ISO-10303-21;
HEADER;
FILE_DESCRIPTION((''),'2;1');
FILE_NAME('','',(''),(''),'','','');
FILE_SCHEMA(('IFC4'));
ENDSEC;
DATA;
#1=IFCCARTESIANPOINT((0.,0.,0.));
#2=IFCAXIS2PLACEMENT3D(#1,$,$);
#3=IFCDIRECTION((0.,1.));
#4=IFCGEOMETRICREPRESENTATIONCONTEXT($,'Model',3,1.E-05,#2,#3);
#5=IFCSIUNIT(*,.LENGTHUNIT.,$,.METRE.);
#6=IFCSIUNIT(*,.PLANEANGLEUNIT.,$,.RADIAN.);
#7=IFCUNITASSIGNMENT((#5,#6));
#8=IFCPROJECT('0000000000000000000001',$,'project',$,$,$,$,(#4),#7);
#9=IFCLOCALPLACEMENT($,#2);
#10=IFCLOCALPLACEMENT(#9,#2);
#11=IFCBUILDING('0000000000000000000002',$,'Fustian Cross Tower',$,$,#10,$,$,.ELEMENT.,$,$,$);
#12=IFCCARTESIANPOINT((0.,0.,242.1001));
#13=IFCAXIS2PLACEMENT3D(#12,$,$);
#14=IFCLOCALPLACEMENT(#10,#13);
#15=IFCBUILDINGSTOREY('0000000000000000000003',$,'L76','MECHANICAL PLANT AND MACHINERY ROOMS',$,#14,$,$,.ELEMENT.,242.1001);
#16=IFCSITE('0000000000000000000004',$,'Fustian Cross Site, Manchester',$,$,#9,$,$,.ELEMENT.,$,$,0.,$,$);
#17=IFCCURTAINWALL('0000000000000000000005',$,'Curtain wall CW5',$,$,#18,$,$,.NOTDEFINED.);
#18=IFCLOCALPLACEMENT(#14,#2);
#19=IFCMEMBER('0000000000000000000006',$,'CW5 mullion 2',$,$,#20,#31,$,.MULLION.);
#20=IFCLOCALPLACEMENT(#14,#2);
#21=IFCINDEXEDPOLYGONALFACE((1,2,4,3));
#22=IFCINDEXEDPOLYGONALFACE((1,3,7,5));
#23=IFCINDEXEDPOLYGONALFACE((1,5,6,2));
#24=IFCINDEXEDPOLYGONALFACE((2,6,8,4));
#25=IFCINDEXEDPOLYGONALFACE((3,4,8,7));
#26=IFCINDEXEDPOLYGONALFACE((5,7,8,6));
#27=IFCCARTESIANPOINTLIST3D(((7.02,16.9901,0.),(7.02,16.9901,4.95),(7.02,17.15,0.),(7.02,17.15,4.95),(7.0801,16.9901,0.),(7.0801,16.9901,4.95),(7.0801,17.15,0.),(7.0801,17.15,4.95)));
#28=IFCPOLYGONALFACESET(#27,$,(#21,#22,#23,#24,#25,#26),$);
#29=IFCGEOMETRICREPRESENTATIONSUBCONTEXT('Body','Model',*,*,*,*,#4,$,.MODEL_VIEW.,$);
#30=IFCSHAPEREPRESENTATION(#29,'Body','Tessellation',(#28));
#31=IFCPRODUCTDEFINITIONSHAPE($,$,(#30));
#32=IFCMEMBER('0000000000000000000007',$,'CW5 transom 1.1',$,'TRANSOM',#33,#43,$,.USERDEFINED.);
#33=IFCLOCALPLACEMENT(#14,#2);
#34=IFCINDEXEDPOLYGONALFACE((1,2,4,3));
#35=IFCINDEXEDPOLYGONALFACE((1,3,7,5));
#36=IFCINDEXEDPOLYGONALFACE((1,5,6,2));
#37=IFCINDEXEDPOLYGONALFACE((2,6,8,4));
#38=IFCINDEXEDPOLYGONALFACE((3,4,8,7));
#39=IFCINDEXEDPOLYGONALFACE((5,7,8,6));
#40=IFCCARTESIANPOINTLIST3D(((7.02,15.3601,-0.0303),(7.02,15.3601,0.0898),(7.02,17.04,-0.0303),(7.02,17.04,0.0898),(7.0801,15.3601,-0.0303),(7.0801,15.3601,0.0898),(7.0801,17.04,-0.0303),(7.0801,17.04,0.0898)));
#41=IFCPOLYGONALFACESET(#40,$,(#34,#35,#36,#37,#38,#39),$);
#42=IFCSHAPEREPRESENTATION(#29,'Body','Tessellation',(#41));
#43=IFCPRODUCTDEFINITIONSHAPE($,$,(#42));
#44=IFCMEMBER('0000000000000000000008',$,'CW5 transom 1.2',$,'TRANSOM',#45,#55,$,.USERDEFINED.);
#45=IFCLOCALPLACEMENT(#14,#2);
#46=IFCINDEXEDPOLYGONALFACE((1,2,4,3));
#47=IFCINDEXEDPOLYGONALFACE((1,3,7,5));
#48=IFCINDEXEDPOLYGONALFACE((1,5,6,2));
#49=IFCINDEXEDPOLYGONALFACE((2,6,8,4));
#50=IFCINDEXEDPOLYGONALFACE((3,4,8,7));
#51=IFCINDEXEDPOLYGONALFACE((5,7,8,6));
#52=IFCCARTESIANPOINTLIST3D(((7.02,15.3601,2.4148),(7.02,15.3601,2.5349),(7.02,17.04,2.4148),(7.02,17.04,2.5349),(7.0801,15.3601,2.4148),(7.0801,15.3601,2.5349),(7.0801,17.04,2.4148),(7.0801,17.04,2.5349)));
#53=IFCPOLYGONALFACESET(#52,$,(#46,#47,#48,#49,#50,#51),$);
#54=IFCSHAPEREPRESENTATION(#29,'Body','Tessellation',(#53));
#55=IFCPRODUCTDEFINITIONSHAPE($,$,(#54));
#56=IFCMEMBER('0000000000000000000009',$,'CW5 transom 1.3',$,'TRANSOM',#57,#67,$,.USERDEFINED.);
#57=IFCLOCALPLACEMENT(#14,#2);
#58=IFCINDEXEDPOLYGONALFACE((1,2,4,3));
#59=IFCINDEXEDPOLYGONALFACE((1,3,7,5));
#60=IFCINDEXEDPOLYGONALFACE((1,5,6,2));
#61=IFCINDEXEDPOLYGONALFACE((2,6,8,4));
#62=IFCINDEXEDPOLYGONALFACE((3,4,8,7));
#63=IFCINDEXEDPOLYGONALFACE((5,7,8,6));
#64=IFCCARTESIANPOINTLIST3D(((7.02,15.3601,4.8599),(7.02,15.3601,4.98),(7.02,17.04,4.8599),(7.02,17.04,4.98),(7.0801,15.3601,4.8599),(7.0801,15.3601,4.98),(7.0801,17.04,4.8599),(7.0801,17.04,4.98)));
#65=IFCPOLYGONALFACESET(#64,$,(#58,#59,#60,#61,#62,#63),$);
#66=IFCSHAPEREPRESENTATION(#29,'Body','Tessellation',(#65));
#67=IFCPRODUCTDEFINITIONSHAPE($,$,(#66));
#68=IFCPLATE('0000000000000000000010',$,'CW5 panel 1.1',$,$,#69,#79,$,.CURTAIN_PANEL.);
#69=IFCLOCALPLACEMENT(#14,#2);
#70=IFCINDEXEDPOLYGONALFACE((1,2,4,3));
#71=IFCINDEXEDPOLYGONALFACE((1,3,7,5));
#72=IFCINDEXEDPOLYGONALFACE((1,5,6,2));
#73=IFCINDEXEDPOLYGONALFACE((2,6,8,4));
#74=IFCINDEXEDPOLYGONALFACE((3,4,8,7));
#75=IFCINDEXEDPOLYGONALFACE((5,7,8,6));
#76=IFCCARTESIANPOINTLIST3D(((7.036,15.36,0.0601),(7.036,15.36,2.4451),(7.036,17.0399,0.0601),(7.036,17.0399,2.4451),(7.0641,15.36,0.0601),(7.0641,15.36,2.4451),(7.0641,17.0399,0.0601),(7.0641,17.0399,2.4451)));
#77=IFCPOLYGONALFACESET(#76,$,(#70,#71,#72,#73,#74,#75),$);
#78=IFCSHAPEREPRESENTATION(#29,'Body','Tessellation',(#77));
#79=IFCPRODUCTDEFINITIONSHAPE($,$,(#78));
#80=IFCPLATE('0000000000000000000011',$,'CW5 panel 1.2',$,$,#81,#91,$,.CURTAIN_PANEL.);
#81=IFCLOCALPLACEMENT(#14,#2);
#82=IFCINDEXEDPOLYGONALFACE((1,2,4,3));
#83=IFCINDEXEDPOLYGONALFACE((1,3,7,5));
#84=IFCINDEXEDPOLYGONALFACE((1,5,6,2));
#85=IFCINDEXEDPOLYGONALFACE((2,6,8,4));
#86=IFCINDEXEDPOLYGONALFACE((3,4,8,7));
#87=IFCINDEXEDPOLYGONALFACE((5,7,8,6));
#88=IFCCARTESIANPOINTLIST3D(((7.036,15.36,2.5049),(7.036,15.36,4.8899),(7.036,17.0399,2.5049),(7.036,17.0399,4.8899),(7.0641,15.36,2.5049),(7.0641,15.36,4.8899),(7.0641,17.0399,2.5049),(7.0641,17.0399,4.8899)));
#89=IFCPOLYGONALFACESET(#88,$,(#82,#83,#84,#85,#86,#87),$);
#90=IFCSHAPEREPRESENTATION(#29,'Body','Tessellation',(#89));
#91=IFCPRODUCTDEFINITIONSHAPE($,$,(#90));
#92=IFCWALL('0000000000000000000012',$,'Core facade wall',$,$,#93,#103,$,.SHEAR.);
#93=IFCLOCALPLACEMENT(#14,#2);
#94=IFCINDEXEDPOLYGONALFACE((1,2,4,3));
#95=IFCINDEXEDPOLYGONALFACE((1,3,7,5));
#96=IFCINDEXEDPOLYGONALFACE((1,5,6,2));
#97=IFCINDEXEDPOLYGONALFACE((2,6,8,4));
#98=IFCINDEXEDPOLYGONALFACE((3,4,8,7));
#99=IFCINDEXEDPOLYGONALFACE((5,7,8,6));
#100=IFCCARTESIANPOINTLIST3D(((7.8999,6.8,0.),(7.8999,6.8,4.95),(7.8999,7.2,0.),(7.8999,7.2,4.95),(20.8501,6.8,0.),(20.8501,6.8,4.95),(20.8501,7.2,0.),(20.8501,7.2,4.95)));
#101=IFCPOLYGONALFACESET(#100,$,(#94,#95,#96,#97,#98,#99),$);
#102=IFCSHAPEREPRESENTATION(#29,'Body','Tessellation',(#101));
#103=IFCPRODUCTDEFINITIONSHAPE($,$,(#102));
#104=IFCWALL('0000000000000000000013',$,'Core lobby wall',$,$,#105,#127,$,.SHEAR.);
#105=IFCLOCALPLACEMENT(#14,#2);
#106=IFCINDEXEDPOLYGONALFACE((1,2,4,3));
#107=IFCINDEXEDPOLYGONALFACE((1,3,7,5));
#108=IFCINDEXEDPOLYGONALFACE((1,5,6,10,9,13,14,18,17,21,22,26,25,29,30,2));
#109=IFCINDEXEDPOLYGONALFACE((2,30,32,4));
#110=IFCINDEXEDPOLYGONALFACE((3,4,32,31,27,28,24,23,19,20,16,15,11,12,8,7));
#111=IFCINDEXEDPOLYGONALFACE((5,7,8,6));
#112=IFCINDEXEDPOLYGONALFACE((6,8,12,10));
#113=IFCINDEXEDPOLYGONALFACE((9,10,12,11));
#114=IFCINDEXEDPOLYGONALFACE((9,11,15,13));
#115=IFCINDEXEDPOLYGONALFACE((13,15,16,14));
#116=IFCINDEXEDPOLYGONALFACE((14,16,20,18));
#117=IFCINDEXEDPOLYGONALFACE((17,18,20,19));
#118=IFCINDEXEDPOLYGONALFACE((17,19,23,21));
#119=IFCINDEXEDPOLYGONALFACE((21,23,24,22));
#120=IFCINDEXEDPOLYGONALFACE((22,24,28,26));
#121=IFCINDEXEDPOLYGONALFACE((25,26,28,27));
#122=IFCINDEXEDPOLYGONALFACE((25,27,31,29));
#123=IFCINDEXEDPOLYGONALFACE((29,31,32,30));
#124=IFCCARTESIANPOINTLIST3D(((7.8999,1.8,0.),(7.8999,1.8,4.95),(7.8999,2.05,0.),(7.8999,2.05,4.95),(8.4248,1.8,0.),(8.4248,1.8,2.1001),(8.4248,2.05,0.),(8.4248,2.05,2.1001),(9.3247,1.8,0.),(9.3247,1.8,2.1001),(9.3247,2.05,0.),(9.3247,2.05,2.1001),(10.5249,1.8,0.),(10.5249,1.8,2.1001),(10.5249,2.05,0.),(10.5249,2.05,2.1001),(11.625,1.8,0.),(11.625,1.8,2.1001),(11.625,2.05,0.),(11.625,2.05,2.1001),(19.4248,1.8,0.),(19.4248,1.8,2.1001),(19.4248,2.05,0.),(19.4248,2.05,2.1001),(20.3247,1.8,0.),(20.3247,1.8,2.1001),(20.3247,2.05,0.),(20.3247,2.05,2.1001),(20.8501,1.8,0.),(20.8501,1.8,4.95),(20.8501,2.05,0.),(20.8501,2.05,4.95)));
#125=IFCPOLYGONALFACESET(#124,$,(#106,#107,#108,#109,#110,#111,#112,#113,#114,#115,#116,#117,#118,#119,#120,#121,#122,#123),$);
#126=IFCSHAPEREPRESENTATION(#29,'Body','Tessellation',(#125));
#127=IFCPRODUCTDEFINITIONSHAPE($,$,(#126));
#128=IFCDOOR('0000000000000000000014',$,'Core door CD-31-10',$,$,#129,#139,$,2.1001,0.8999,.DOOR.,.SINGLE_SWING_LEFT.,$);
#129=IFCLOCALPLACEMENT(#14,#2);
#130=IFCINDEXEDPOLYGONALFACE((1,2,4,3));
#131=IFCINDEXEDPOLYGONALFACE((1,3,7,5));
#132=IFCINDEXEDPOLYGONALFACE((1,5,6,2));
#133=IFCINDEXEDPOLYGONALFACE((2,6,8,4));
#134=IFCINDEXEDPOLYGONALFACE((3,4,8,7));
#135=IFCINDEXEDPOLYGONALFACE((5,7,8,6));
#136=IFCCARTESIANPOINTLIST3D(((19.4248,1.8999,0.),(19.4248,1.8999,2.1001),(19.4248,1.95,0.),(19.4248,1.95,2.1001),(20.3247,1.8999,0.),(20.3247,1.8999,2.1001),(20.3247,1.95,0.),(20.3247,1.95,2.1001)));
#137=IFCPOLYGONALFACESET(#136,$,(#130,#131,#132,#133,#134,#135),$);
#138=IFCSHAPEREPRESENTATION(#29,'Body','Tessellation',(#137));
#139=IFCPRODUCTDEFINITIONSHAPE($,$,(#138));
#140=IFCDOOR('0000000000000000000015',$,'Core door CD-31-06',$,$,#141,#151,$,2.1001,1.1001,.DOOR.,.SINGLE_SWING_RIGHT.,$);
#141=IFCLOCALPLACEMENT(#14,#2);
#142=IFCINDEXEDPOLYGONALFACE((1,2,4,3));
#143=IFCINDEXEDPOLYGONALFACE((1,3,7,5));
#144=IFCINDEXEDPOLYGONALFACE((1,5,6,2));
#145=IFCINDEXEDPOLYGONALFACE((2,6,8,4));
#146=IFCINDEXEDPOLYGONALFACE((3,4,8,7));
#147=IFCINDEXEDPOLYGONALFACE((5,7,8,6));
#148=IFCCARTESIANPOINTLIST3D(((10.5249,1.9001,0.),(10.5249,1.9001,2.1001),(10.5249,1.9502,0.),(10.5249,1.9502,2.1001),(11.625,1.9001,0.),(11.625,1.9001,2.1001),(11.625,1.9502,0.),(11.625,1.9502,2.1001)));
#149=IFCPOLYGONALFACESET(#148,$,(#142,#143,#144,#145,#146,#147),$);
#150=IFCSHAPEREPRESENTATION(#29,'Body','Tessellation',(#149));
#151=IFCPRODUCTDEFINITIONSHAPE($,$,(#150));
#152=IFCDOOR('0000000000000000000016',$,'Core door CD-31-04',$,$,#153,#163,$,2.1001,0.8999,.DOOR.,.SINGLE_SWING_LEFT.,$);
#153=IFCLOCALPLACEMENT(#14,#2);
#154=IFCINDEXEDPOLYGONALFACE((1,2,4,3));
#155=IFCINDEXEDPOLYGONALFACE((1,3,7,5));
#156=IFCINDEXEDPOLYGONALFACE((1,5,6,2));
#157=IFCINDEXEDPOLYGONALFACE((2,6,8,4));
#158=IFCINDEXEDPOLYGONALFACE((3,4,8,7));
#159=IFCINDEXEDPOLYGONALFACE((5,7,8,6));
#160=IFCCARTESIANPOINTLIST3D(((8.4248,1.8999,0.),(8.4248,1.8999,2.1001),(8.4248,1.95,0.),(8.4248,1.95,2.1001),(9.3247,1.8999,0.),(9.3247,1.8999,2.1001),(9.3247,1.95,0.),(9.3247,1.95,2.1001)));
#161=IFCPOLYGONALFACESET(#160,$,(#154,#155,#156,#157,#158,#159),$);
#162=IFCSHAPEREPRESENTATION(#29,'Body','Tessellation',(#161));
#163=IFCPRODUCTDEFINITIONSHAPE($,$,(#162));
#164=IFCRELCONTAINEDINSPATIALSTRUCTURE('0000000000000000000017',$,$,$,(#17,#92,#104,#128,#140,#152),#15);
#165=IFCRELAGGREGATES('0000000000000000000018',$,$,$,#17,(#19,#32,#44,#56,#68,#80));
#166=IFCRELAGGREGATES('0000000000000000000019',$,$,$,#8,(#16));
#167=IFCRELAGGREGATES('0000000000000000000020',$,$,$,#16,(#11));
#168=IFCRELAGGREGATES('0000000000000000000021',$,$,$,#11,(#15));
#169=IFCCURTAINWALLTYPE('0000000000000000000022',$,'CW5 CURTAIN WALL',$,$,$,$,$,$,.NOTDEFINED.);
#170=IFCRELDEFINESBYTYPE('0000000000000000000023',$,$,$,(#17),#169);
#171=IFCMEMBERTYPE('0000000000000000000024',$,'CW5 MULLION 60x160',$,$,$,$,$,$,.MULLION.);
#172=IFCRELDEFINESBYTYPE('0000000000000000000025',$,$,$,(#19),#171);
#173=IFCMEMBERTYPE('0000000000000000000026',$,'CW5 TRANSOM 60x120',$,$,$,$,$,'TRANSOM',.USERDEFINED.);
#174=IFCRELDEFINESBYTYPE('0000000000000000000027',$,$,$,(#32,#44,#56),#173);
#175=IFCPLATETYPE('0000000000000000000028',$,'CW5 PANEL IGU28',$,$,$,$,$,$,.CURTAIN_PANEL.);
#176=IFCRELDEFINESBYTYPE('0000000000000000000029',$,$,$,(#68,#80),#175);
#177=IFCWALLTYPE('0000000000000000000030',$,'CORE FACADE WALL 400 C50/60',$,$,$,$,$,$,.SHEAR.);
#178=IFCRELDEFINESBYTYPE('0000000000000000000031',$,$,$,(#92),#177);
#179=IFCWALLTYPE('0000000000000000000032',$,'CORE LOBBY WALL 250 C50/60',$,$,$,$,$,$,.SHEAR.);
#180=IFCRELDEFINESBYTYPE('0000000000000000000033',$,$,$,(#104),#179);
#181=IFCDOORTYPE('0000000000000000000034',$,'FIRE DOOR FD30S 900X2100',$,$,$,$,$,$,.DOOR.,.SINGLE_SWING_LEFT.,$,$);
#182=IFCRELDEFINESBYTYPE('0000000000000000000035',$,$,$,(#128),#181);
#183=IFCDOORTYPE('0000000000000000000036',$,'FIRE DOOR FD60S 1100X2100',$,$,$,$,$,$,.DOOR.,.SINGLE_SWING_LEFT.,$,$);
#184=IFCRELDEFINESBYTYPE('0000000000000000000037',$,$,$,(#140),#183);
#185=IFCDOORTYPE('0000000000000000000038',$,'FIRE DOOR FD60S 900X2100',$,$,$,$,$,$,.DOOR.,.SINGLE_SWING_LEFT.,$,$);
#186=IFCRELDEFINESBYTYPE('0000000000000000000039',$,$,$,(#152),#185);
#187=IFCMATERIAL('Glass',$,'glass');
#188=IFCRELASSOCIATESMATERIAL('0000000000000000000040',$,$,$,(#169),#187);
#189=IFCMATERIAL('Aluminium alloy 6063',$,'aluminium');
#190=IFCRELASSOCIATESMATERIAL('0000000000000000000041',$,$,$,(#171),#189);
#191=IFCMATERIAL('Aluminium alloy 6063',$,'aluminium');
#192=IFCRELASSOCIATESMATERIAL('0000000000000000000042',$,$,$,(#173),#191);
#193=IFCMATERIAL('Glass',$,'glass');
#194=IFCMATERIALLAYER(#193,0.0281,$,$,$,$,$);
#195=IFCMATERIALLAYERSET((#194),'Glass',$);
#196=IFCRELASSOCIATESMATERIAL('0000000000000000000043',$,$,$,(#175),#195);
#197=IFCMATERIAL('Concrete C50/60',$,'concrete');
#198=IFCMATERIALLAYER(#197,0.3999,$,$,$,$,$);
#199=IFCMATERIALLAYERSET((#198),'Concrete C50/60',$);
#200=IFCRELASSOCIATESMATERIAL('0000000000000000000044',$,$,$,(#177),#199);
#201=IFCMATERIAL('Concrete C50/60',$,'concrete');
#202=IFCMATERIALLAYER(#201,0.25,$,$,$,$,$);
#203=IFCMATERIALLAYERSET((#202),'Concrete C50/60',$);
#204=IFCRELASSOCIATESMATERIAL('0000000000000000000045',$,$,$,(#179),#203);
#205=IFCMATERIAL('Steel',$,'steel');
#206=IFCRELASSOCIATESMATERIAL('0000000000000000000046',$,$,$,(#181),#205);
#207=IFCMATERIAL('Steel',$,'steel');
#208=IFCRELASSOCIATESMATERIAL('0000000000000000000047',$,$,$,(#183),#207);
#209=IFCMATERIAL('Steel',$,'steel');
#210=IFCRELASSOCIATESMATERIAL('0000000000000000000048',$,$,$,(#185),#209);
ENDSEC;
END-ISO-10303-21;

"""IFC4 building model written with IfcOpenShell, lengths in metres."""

from ifc_helpers import new_model, si_unit, direction, frame, frame_2d, origin, origin_2d, place, context, subcontext, project, spatial, rectangle, extrude, material, layer, layer_set, material_profile, profile_set, type_object, element, fill, aggregate, save


model = new_model("IFC4")

# Units and contexts
model_context = context("Model", 3, precision=1e-05, world=origin(), true_north=direction((0.0, 1.0)))
body_context = subcontext(model_context, "Body", "Model", "MODEL_VIEW")
ifc_project = project(units=[si_unit("LENGTHUNIT", "METRE"), si_unit("PLANEANGLEUNIT", "RADIAN")], contexts=[model_context])

# Site, building, storey
site_placement = place(None, origin())
site = spatial("IfcSite", under=ifc_project, at=site_placement, Name="Fustian Cross Site, Manchester", CompositionType="ELEMENT", RefElevation=0.0)
building_placement = place(site_placement, origin())
building = spatial("IfcBuilding", under=site, at=building_placement, Name="Fustian Cross Tower", CompositionType="ELEMENT")
storey_placement = place(building_placement, frame((0.0, 0.0, 242.1001)))
storey = spatial("IfcBuildingStorey", under=building, at=storey_placement, Name="L76", Description="MECHANICAL PLANT AND MACHINERY ROOMS", CompositionType="ELEMENT", Elevation=242.1001)

# Curtain wall, members, plates
ifc_material_1 = material(Name="Glass", Category="glass")
curtain_wall_type = type_object("IfcCurtainWallType", Name="CW5 CURTAIN WALL", PredefinedType="NOTDEFINED", material=ifc_material_1)
curtain_wall_placement = place(storey_placement, origin())
curtain_wall = element("IfcCurtainWall", 1, at=curtain_wall_placement, inside=storey, type_object=curtain_wall_type, Name="Curtain wall CW5", PredefinedType="NOTDEFINED")
ifc_material_2 = material(Name="Aluminium alloy 6063", Category="aluminium")
ifc_material_profile_1 = material_profile(ifc_material_2, rectangle(XDim=0.0601, YDim=0.1599, at=origin_2d()), Name="CW5 MULLION 60x160")
ifc_profile_set_1 = profile_set([ifc_material_profile_1], Name="Aluminium alloy 6063")
member_type_1 = type_object("IfcMemberType", Name="CW5 MULLION 60x160", PredefinedType="MULLION", material=ifc_profile_set_1)
member_1_placement = place(storey_placement, frame((7.05, 17.0701, 0.0), z_axis=(0.0, 0.0, 1.0), x_axis=(-1.0, 0.0, 0.0)))
member_1 = element("IfcMember", 2, at=member_1_placement, type_object=member_type_1, Name="CW5 mullion 2", PredefinedType="MULLION", context=body_context, shape_type="SweptSolid", body=[
    extrude(rectangle(XDim=0.0601, YDim=0.1599, at=origin_2d()), origin(), (0.0, 0.0, 1.0), 4.95),
])
ifc_material_3 = material(Name="Aluminium alloy 6063", Category="aluminium")
ifc_material_profile_2 = material_profile(ifc_material_3, rectangle(XDim=0.0601, YDim=0.1201, at=origin_2d()), Name="CW5 TRANSOM 60x120")
ifc_profile_set_2 = profile_set([ifc_material_profile_2], Name="Aluminium alloy 6063")
member_type_2 = type_object("IfcMemberType", Name="CW5 TRANSOM 60x120", ElementType="TRANSOM", PredefinedType="USERDEFINED", material=ifc_profile_set_2)
member_2_placement = place(storey_placement, frame((7.05, 15.3601, 0.0298), z_axis=(0.0, 1.0, 0.0), x_axis=(-1.0, 0.0, 0.0)))
member_2 = element("IfcMember", 3, at=member_2_placement, type_object=member_type_2, Name="CW5 transom 1.1", ObjectType="TRANSOM", PredefinedType="USERDEFINED", context=body_context, shape_type="SweptSolid", body=[
    extrude(rectangle(XDim=0.0601, YDim=0.1201, at=origin_2d()), origin(), (0.0, 0.0, 1.0), 1.6799),
])
member_3_placement = place(storey_placement, frame((7.05, 15.3601, 2.4749), z_axis=(0.0, 1.0, 0.0), x_axis=(-1.0, 0.0, 0.0)))
member_3 = element("IfcMember", 4, at=member_3_placement, type_object=member_type_2, Name="CW5 transom 1.2", ObjectType="TRANSOM", PredefinedType="USERDEFINED", context=body_context, shape_type="SweptSolid", body=[
    extrude(rectangle(XDim=0.0601, YDim=0.1201, at=origin_2d()), origin(), (0.0, 0.0, 1.0), 1.6799),
])
member_4_placement = place(storey_placement, frame((7.05, 15.3601, 4.9199), z_axis=(0.0, 1.0, 0.0), x_axis=(-1.0, 0.0, 0.0)))
member_4 = element("IfcMember", 5, at=member_4_placement, type_object=member_type_2, Name="CW5 transom 1.3", ObjectType="TRANSOM", PredefinedType="USERDEFINED", context=body_context, shape_type="SweptSolid", body=[
    extrude(rectangle(XDim=0.0601, YDim=0.1201, at=origin_2d()), origin(), (0.0, 0.0, 1.0), 1.6799),
])
ifc_material_4 = material(Name="Glass", Category="glass")
ifc_layer_1 = layer(ifc_material_4, 0.0281)
ifc_layer_set_1 = layer_set([ifc_layer_1], Name="Glass")
plate_type = type_object("IfcPlateType", Name="CW5 PANEL IGU28", PredefinedType="CURTAIN_PANEL", material=ifc_layer_set_1)
plate_1_placement = place(storey_placement, frame((7.05, 16.2, 0.0601), z_axis=(0.0, 0.0, 1.0), x_axis=(0.0, 1.0, 0.0)))
plate_1 = element("IfcPlate", 6, at=plate_1_placement, type_object=plate_type, Name="CW5 panel 1.1", PredefinedType="CURTAIN_PANEL", context=body_context, shape_type="SweptSolid", body=[
    extrude(rectangle(XDim=1.6799, YDim=0.0281, at=origin_2d()), origin(), (0.0, 0.0, 1.0), 2.385),
])
plate_2_placement = place(storey_placement, frame((7.05, 16.2, 2.5049), z_axis=(0.0, 0.0, 1.0), x_axis=(0.0, 1.0, 0.0)))
plate_2 = element("IfcPlate", 7, at=plate_2_placement, type_object=plate_type, Name="CW5 panel 1.2", PredefinedType="CURTAIN_PANEL", context=body_context, shape_type="SweptSolid", body=[
    extrude(rectangle(XDim=1.6799, YDim=0.0281, at=origin_2d()), origin(), (0.0, 0.0, 1.0), 2.385),
])
aggregate(curtain_wall, [member_1, member_2, member_3, member_4, plate_1, plate_2])

# Wall
ifc_material_5 = material(Name="Concrete C50/60", Category="concrete")
ifc_layer_2 = layer(ifc_material_5, 0.3999)
ifc_layer_set_2 = layer_set([ifc_layer_2], Name="Concrete C50/60")
wall_type_1 = type_object("IfcWallType", Name="CORE FACADE WALL 400 C50/60", PredefinedType="SHEAR", material=ifc_layer_set_2)
wall_1_placement = place(storey_placement, frame((7.8999, 7.0, 0.0), z_axis=(0.0, 0.0, 1.0), x_axis=(1.0, 0.0, 0.0)))
element("IfcWall", 8, at=wall_1_placement, inside=storey, type_object=wall_type_1, Name="Core facade wall", PredefinedType="SHEAR", context=body_context, shape_type="SweptSolid", body=[
    extrude(rectangle(XDim=12.9502, YDim=0.3999, at=frame_2d((6.4751, 0.0))), origin(), (0.0, 0.0, 1.0), 4.95),
])

# Wall, openings, doors
ifc_material_6 = material(Name="Concrete C50/60", Category="concrete")
ifc_layer_3 = layer(ifc_material_6, 0.25)
ifc_layer_set_3 = layer_set([ifc_layer_3], Name="Concrete C50/60")
wall_type_2 = type_object("IfcWallType", Name="CORE LOBBY WALL 250 C50/60", PredefinedType="SHEAR", material=ifc_layer_set_3)
wall_2_placement = place(storey_placement, frame((7.8999, 1.925, 0.0), z_axis=(0.0, 0.0, 1.0), x_axis=(1.0, 0.0, 0.0)))
wall_2 = element("IfcWall", 9, at=wall_2_placement, inside=storey, type_object=wall_type_2, Name="Core lobby wall", PredefinedType="SHEAR", context=body_context, shape_type="SweptSolid", body=[
    extrude(rectangle(XDim=12.9502, YDim=0.25, at=frame_2d((6.4751, 0.0))), origin(), (0.0, 0.0, 1.0), 4.95),
])
opening_1_placement = place(wall_2_placement, frame((0.5249, 0.0, 0.0)))
opening_1 = element("IfcOpeningElement", 10, at=opening_1_placement, cuts=wall_2, PredefinedType="OPENING", context=body_context, shape_type="SweptSolid", body=[
    extrude(rectangle(XDim=0.8999, YDim=2.1001, at=frame_2d((0.45, 1.05))), frame((0.0, 0.135, 0.0), z_axis=(0.0, -1.0, 0.0), x_axis=(1.0, 0.0, 0.0)), (0.0, 0.0, 1.0), 0.27),
])
opening_2_placement = place(wall_2_placement, frame((2.625, 0.0, 0.0)))
opening_2 = element("IfcOpeningElement", 11, at=opening_2_placement, cuts=wall_2, PredefinedType="OPENING", context=body_context, shape_type="SweptSolid", body=[
    extrude(rectangle(XDim=1.1001, YDim=2.1001, at=frame_2d((0.55, 1.05))), frame((0.0, 0.135, 0.0), z_axis=(0.0, -1.0, 0.0), x_axis=(1.0, 0.0, 0.0)), (0.0, 0.0, 1.0), 0.27),
])
opening_3_placement = place(wall_2_placement, frame((11.5249, 0.0, 0.0)))
opening_3 = element("IfcOpeningElement", 12, at=opening_3_placement, cuts=wall_2, PredefinedType="OPENING", context=body_context, shape_type="SweptSolid", body=[
    extrude(rectangle(XDim=0.8999, YDim=2.1001, at=frame_2d((0.45, 1.05))), frame((0.0, 0.135, 0.0), z_axis=(0.0, -1.0, 0.0), x_axis=(1.0, 0.0, 0.0)), (0.0, 0.0, 1.0), 0.27),
])
ifc_material_7 = material(Name="Steel", Category="steel")
door_type_1 = type_object("IfcDoorType", Name="FIRE DOOR FD30S 900X2100", OperationType="SINGLE_SWING_LEFT", PredefinedType="DOOR", material=ifc_material_7)
door_1_placement = place(opening_3_placement, origin())
door_1 = element("IfcDoor", 13, at=door_1_placement, inside=storey, type_object=door_type_1, Name="Core door CD-31-10", OperationType="SINGLE_SWING_LEFT", OverallHeight=2.1001, OverallWidth=0.8999, PredefinedType="DOOR", context=body_context, shape_type="SweptSolid", body=[
    extrude(rectangle(XDim=0.8999, YDim=2.1001, at=frame_2d((0.45, 1.05))), frame((0.0, 0.0249, 0.0), z_axis=(0.0, -1.0, 0.0), x_axis=(1.0, 0.0, 0.0)), (0.0, 0.0, 1.0), 0.05),
])
fill(opening_3, door_1)
ifc_material_8 = material(Name="Steel", Category="steel")
door_type_2 = type_object("IfcDoorType", Name="FIRE DOOR FD60S 1100X2100", OperationType="SINGLE_SWING_LEFT", PredefinedType="DOOR", material=ifc_material_8)
door_2_placement = place(opening_2_placement, frame((1.1001, 0.0, 0.0), z_axis=(0.0, 0.0, 1.0), x_axis=(-1.0, 0.0, 0.0)))
door_2 = element("IfcDoor", 14, at=door_2_placement, inside=storey, type_object=door_type_2, Name="Core door CD-31-06", OperationType="SINGLE_SWING_RIGHT", OverallHeight=2.1001, OverallWidth=1.1001, PredefinedType="DOOR", context=body_context, shape_type="SweptSolid", body=[
    extrude(rectangle(XDim=1.1001, YDim=2.1001, at=frame_2d((0.55, 1.05))), frame((0.0, 0.0249, 0.0), z_axis=(0.0, -1.0, 0.0), x_axis=(1.0, 0.0, 0.0)), (0.0, 0.0, 1.0), 0.05),
])
fill(opening_2, door_2)
ifc_material_9 = material(Name="Steel", Category="steel")
door_type_3 = type_object("IfcDoorType", Name="FIRE DOOR FD60S 900X2100", OperationType="SINGLE_SWING_LEFT", PredefinedType="DOOR", material=ifc_material_9)
door_3_placement = place(opening_1_placement, origin())
door_3 = element("IfcDoor", 15, at=door_3_placement, inside=storey, type_object=door_type_3, Name="Core door CD-31-04", OperationType="SINGLE_SWING_LEFT", OverallHeight=2.1001, OverallWidth=0.8999, PredefinedType="DOOR", context=body_context, shape_type="SweptSolid", body=[
    extrude(rectangle(XDim=0.8999, YDim=2.1001, at=frame_2d((0.45, 1.05))), frame((0.0, 0.0249, 0.0), z_axis=(0.0, -1.0, 0.0), x_axis=(1.0, 0.0, 0.0)), (0.0, 0.0, 1.0), 0.05),
])
fill(opening_1, door_3)

save(model, "model.ifc")
